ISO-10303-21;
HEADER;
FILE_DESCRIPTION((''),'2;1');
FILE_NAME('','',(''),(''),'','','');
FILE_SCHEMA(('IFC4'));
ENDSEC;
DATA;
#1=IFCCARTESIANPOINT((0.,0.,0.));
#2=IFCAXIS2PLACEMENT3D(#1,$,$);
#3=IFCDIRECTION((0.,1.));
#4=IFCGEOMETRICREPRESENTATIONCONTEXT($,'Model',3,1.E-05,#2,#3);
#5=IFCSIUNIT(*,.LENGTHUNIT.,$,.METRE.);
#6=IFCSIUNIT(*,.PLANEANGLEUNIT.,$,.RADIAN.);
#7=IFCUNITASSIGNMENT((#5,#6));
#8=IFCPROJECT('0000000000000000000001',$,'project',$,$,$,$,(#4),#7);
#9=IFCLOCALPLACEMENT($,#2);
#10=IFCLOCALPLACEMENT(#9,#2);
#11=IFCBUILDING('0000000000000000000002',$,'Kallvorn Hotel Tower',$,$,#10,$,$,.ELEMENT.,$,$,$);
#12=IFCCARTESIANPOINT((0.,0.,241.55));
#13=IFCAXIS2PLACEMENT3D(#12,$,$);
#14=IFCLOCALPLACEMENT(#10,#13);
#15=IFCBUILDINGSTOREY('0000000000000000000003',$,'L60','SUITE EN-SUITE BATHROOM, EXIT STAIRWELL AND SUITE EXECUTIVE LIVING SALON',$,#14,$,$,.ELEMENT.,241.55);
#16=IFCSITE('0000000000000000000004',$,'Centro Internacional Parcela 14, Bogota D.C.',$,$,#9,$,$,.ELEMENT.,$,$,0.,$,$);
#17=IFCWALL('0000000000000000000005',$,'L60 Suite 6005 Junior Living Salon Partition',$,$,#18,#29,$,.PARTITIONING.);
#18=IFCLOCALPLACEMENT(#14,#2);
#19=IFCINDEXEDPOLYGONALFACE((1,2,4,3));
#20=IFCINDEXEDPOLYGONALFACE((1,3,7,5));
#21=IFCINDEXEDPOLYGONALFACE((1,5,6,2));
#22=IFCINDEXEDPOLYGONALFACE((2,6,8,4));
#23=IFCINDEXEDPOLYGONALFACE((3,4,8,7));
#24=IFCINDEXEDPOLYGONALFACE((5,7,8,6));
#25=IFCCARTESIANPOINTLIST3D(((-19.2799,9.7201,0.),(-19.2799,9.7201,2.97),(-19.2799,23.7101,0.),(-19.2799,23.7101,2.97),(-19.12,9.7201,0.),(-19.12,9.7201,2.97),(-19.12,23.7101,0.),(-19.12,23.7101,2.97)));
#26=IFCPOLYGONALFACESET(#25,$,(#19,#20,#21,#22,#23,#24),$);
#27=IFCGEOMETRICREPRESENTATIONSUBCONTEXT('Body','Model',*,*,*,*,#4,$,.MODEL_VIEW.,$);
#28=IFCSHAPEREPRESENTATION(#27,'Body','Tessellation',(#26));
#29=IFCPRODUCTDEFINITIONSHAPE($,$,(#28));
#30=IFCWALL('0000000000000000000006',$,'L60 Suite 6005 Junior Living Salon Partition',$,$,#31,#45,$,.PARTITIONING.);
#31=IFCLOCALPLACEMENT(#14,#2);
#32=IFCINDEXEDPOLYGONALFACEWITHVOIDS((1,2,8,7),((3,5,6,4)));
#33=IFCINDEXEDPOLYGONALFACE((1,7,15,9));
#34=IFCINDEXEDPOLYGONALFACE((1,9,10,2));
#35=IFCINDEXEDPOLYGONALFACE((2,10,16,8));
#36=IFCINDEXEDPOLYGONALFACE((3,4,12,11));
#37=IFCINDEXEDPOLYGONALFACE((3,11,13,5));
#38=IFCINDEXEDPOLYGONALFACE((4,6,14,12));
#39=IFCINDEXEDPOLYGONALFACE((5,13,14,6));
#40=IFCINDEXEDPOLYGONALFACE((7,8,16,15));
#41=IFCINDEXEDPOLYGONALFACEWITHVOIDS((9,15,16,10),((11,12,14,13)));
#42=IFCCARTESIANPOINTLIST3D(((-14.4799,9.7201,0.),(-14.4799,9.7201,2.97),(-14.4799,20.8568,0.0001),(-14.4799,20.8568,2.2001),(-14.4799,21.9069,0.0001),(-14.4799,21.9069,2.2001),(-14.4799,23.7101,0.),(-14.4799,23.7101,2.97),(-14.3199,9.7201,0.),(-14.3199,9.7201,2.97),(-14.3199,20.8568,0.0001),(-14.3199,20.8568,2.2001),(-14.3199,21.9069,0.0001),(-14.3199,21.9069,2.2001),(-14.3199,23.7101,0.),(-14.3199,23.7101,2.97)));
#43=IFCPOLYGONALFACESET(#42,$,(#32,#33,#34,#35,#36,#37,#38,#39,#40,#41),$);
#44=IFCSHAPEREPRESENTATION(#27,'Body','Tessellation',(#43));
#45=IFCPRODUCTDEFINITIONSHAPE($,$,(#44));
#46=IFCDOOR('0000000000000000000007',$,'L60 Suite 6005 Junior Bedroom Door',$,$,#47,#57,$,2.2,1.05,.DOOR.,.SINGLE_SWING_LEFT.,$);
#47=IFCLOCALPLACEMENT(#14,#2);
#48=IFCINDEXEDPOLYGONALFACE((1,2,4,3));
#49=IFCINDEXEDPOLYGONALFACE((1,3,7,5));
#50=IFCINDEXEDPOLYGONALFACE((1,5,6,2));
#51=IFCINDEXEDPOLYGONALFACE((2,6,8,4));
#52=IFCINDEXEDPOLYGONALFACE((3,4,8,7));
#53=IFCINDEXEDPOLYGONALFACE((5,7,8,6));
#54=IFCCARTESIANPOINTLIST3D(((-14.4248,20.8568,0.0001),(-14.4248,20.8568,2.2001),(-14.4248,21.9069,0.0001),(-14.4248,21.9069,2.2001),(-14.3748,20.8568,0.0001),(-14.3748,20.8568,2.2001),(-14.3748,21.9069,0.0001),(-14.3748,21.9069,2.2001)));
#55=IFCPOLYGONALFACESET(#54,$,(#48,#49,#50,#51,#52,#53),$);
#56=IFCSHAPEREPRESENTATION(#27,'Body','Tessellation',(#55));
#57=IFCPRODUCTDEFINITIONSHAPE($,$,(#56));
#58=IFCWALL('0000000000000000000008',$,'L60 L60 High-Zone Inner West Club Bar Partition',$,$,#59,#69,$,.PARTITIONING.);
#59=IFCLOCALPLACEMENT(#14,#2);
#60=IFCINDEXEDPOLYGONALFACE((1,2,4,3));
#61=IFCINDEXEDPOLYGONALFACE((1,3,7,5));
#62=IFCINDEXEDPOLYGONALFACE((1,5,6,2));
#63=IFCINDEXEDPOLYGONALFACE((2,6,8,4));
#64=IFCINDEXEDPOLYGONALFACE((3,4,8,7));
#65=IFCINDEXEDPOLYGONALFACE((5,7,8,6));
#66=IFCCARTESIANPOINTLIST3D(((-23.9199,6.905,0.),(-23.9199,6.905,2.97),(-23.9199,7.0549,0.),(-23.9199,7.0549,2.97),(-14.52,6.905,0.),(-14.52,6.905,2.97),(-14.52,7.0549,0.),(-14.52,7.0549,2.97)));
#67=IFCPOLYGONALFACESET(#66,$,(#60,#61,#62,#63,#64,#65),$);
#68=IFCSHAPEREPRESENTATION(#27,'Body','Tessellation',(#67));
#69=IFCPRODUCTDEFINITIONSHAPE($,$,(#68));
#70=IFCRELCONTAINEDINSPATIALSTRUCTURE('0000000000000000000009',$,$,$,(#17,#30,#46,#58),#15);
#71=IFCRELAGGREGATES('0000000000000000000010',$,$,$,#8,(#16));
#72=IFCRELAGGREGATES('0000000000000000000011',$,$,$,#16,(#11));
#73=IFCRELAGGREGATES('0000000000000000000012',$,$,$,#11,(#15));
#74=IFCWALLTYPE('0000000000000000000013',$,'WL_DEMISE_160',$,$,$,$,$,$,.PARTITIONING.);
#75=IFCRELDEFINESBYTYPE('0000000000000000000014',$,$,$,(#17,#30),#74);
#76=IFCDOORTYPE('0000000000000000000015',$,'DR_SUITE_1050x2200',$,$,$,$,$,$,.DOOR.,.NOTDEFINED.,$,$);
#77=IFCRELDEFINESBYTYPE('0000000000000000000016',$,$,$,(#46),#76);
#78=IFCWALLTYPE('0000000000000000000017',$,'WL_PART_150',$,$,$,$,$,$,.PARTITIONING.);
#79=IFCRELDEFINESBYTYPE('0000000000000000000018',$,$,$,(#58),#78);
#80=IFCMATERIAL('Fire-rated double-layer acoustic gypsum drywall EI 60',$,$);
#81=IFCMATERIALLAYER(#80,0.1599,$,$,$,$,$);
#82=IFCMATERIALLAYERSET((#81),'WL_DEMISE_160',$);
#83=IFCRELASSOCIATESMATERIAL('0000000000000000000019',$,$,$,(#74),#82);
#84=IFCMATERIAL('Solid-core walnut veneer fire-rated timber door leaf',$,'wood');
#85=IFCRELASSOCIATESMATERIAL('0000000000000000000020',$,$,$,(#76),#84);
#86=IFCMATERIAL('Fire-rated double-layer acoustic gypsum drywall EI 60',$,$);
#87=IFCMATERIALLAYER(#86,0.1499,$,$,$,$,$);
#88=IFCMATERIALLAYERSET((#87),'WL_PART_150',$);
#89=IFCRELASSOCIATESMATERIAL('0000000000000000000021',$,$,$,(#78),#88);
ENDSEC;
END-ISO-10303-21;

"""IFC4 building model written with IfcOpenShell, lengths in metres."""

from ifc_helpers import new_model, si_unit, direction, frame, frame_2d, origin, place, context, subcontext, project, spatial, rectangle, extrude, material, layer, layer_set, type_object, element, fill, save


model = new_model("IFC4")

# Units and contexts
model_context = context("Model", 3, precision=1e-05, world=origin(), true_north=direction((0.0, 1.0)))
body_context = subcontext(model_context, "Body", "Model", "MODEL_VIEW")
ifc_project = project(units=[si_unit("LENGTHUNIT", "METRE"), si_unit("PLANEANGLEUNIT", "RADIAN")], contexts=[model_context])

# Site, building, storey
site_placement = place(None, origin())
site = spatial("IfcSite", under=ifc_project, at=site_placement, Name="Centro Internacional Parcela 14, Bogota D.C.", CompositionType="ELEMENT", RefElevation=0.0)
building_placement = place(site_placement, origin())
building = spatial("IfcBuilding", under=site, at=building_placement, Name="Kallvorn Hotel Tower", CompositionType="ELEMENT")
storey_placement = place(building_placement, frame((0.0, 0.0, 241.55)))
storey = spatial("IfcBuildingStorey", under=building, at=storey_placement, Name="L60", Description="SUITE EN-SUITE BATHROOM, EXIT STAIRWELL AND SUITE EXECUTIVE LIVING SALON", CompositionType="ELEMENT", Elevation=241.55)

# Shared definitions
ifc_material_1 = material(Name="Fire-rated double-layer acoustic gypsum drywall EI 60")
ifc_layer_1 = layer(ifc_material_1, 0.1599)
ifc_layer_set_1 = layer_set([ifc_layer_1], Name="WL_DEMISE_160")
wall_type_1 = type_object("IfcWallType", Name="WL_DEMISE_160", PredefinedType="PARTITIONING", material=ifc_layer_set_1)
ifc_material_2 = material(Name="Solid-core walnut veneer fire-rated timber door leaf", Category="wood")
door_type_1 = type_object("IfcDoorType", Name="DR_SUITE_1050x2200", OperationType="NOTDEFINED", PredefinedType="DOOR", material=ifc_material_2)

# Wall
wall_1_placement = place(storey_placement, frame((-19.2, 9.72, 0.0), z_axis=(0.0, 0.0, 1.0), x_axis=(0.0, 1.0, 0.0)))
element("IfcWall", 1, at=wall_1_placement, inside=storey, type_object=wall_type_1, Name="L60 Suite 6005 Junior Living Salon Partition", PredefinedType="PARTITIONING", context=body_context, shape_type="SweptSolid", body=[
    extrude(rectangle(XDim=13.99, YDim=0.1599, at=frame_2d((6.9951, 0.0))), origin(), (0.0, 0.0, 1.0), 2.97),
])

# Wall, opening, door
wall_2_placement = place(storey_placement, frame((-14.3999, 9.72, 0.0), z_axis=(0.0, 0.0, 1.0), x_axis=(0.0, 1.0, 0.0)))
wall_2 = element("IfcWall", 2, at=wall_2_placement, inside=storey, type_object=wall_type_1, Name="L60 Suite 6005 Junior Living Salon Partition", PredefinedType="PARTITIONING", context=body_context, shape_type="SweptSolid", body=[
    extrude(rectangle(XDim=13.99, YDim=0.1599, at=frame_2d((6.9951, 0.0))), origin(), (0.0, 0.0, 1.0), 2.97),
])
opening_1_placement = place(wall_2_placement, frame((11.137, 0.0, 0.0)))
opening_1 = element("IfcOpeningElement", 3, at=opening_1_placement, cuts=wall_2, PredefinedType="OPENING", context=body_context, shape_type="SweptSolid", body=[
    extrude(rectangle(XDim=1.05, YDim=2.2, at=frame_2d((0.5249, 1.1001))), frame((0.0, 0.095, 0.0), z_axis=(0.0, -1.0, 0.0), x_axis=(1.0, 0.0, 0.0)), (0.0, 0.0, 1.0), 0.1899),
])
door_1_placement = place(opening_1_placement, origin())
door_1 = element("IfcDoor", 4, at=door_1_placement, inside=storey, type_object=door_type_1, Name="L60 Suite 6005 Junior Bedroom Door", OperationType="SINGLE_SWING_LEFT", OverallHeight=2.2, OverallWidth=1.05, PredefinedType="DOOR", context=body_context, shape_type="SweptSolid", body=[
    extrude(rectangle(XDim=1.05, YDim=2.2, at=frame_2d((0.5249, 1.1001))), frame((0.0, 0.0249, 0.0), z_axis=(0.0, -1.0, 0.0), x_axis=(1.0, 0.0, 0.0)), (0.0, 0.0, 1.0), 0.05),
])
fill(opening_1, door_1)

# Wall
ifc_material_3 = material(Name="Fire-rated double-layer acoustic gypsum drywall EI 60")
ifc_layer_2 = layer(ifc_material_3, 0.1499)
ifc_layer_set_2 = layer_set([ifc_layer_2], Name="WL_PART_150")
wall_type_2 = type_object("IfcWallType", Name="WL_PART_150", PredefinedType="PARTITIONING", material=ifc_layer_set_2)
wall_3_placement = place(storey_placement, frame((-23.9199, 6.98, 0.0), z_axis=(0.0, 0.0, 1.0), x_axis=(1.0, 0.0, 0.0)))
element("IfcWall", 5, at=wall_3_placement, inside=storey, type_object=wall_type_2, Name="L60 L60 High-Zone Inner West Club Bar Partition", PredefinedType="PARTITIONING", context=body_context, shape_type="SweptSolid", body=[
    extrude(rectangle(XDim=9.3999, YDim=0.1499, at=frame_2d((4.7, 0.0))), origin(), (0.0, 0.0, 1.0), 2.97),
])

save(model, "model.ifc")
